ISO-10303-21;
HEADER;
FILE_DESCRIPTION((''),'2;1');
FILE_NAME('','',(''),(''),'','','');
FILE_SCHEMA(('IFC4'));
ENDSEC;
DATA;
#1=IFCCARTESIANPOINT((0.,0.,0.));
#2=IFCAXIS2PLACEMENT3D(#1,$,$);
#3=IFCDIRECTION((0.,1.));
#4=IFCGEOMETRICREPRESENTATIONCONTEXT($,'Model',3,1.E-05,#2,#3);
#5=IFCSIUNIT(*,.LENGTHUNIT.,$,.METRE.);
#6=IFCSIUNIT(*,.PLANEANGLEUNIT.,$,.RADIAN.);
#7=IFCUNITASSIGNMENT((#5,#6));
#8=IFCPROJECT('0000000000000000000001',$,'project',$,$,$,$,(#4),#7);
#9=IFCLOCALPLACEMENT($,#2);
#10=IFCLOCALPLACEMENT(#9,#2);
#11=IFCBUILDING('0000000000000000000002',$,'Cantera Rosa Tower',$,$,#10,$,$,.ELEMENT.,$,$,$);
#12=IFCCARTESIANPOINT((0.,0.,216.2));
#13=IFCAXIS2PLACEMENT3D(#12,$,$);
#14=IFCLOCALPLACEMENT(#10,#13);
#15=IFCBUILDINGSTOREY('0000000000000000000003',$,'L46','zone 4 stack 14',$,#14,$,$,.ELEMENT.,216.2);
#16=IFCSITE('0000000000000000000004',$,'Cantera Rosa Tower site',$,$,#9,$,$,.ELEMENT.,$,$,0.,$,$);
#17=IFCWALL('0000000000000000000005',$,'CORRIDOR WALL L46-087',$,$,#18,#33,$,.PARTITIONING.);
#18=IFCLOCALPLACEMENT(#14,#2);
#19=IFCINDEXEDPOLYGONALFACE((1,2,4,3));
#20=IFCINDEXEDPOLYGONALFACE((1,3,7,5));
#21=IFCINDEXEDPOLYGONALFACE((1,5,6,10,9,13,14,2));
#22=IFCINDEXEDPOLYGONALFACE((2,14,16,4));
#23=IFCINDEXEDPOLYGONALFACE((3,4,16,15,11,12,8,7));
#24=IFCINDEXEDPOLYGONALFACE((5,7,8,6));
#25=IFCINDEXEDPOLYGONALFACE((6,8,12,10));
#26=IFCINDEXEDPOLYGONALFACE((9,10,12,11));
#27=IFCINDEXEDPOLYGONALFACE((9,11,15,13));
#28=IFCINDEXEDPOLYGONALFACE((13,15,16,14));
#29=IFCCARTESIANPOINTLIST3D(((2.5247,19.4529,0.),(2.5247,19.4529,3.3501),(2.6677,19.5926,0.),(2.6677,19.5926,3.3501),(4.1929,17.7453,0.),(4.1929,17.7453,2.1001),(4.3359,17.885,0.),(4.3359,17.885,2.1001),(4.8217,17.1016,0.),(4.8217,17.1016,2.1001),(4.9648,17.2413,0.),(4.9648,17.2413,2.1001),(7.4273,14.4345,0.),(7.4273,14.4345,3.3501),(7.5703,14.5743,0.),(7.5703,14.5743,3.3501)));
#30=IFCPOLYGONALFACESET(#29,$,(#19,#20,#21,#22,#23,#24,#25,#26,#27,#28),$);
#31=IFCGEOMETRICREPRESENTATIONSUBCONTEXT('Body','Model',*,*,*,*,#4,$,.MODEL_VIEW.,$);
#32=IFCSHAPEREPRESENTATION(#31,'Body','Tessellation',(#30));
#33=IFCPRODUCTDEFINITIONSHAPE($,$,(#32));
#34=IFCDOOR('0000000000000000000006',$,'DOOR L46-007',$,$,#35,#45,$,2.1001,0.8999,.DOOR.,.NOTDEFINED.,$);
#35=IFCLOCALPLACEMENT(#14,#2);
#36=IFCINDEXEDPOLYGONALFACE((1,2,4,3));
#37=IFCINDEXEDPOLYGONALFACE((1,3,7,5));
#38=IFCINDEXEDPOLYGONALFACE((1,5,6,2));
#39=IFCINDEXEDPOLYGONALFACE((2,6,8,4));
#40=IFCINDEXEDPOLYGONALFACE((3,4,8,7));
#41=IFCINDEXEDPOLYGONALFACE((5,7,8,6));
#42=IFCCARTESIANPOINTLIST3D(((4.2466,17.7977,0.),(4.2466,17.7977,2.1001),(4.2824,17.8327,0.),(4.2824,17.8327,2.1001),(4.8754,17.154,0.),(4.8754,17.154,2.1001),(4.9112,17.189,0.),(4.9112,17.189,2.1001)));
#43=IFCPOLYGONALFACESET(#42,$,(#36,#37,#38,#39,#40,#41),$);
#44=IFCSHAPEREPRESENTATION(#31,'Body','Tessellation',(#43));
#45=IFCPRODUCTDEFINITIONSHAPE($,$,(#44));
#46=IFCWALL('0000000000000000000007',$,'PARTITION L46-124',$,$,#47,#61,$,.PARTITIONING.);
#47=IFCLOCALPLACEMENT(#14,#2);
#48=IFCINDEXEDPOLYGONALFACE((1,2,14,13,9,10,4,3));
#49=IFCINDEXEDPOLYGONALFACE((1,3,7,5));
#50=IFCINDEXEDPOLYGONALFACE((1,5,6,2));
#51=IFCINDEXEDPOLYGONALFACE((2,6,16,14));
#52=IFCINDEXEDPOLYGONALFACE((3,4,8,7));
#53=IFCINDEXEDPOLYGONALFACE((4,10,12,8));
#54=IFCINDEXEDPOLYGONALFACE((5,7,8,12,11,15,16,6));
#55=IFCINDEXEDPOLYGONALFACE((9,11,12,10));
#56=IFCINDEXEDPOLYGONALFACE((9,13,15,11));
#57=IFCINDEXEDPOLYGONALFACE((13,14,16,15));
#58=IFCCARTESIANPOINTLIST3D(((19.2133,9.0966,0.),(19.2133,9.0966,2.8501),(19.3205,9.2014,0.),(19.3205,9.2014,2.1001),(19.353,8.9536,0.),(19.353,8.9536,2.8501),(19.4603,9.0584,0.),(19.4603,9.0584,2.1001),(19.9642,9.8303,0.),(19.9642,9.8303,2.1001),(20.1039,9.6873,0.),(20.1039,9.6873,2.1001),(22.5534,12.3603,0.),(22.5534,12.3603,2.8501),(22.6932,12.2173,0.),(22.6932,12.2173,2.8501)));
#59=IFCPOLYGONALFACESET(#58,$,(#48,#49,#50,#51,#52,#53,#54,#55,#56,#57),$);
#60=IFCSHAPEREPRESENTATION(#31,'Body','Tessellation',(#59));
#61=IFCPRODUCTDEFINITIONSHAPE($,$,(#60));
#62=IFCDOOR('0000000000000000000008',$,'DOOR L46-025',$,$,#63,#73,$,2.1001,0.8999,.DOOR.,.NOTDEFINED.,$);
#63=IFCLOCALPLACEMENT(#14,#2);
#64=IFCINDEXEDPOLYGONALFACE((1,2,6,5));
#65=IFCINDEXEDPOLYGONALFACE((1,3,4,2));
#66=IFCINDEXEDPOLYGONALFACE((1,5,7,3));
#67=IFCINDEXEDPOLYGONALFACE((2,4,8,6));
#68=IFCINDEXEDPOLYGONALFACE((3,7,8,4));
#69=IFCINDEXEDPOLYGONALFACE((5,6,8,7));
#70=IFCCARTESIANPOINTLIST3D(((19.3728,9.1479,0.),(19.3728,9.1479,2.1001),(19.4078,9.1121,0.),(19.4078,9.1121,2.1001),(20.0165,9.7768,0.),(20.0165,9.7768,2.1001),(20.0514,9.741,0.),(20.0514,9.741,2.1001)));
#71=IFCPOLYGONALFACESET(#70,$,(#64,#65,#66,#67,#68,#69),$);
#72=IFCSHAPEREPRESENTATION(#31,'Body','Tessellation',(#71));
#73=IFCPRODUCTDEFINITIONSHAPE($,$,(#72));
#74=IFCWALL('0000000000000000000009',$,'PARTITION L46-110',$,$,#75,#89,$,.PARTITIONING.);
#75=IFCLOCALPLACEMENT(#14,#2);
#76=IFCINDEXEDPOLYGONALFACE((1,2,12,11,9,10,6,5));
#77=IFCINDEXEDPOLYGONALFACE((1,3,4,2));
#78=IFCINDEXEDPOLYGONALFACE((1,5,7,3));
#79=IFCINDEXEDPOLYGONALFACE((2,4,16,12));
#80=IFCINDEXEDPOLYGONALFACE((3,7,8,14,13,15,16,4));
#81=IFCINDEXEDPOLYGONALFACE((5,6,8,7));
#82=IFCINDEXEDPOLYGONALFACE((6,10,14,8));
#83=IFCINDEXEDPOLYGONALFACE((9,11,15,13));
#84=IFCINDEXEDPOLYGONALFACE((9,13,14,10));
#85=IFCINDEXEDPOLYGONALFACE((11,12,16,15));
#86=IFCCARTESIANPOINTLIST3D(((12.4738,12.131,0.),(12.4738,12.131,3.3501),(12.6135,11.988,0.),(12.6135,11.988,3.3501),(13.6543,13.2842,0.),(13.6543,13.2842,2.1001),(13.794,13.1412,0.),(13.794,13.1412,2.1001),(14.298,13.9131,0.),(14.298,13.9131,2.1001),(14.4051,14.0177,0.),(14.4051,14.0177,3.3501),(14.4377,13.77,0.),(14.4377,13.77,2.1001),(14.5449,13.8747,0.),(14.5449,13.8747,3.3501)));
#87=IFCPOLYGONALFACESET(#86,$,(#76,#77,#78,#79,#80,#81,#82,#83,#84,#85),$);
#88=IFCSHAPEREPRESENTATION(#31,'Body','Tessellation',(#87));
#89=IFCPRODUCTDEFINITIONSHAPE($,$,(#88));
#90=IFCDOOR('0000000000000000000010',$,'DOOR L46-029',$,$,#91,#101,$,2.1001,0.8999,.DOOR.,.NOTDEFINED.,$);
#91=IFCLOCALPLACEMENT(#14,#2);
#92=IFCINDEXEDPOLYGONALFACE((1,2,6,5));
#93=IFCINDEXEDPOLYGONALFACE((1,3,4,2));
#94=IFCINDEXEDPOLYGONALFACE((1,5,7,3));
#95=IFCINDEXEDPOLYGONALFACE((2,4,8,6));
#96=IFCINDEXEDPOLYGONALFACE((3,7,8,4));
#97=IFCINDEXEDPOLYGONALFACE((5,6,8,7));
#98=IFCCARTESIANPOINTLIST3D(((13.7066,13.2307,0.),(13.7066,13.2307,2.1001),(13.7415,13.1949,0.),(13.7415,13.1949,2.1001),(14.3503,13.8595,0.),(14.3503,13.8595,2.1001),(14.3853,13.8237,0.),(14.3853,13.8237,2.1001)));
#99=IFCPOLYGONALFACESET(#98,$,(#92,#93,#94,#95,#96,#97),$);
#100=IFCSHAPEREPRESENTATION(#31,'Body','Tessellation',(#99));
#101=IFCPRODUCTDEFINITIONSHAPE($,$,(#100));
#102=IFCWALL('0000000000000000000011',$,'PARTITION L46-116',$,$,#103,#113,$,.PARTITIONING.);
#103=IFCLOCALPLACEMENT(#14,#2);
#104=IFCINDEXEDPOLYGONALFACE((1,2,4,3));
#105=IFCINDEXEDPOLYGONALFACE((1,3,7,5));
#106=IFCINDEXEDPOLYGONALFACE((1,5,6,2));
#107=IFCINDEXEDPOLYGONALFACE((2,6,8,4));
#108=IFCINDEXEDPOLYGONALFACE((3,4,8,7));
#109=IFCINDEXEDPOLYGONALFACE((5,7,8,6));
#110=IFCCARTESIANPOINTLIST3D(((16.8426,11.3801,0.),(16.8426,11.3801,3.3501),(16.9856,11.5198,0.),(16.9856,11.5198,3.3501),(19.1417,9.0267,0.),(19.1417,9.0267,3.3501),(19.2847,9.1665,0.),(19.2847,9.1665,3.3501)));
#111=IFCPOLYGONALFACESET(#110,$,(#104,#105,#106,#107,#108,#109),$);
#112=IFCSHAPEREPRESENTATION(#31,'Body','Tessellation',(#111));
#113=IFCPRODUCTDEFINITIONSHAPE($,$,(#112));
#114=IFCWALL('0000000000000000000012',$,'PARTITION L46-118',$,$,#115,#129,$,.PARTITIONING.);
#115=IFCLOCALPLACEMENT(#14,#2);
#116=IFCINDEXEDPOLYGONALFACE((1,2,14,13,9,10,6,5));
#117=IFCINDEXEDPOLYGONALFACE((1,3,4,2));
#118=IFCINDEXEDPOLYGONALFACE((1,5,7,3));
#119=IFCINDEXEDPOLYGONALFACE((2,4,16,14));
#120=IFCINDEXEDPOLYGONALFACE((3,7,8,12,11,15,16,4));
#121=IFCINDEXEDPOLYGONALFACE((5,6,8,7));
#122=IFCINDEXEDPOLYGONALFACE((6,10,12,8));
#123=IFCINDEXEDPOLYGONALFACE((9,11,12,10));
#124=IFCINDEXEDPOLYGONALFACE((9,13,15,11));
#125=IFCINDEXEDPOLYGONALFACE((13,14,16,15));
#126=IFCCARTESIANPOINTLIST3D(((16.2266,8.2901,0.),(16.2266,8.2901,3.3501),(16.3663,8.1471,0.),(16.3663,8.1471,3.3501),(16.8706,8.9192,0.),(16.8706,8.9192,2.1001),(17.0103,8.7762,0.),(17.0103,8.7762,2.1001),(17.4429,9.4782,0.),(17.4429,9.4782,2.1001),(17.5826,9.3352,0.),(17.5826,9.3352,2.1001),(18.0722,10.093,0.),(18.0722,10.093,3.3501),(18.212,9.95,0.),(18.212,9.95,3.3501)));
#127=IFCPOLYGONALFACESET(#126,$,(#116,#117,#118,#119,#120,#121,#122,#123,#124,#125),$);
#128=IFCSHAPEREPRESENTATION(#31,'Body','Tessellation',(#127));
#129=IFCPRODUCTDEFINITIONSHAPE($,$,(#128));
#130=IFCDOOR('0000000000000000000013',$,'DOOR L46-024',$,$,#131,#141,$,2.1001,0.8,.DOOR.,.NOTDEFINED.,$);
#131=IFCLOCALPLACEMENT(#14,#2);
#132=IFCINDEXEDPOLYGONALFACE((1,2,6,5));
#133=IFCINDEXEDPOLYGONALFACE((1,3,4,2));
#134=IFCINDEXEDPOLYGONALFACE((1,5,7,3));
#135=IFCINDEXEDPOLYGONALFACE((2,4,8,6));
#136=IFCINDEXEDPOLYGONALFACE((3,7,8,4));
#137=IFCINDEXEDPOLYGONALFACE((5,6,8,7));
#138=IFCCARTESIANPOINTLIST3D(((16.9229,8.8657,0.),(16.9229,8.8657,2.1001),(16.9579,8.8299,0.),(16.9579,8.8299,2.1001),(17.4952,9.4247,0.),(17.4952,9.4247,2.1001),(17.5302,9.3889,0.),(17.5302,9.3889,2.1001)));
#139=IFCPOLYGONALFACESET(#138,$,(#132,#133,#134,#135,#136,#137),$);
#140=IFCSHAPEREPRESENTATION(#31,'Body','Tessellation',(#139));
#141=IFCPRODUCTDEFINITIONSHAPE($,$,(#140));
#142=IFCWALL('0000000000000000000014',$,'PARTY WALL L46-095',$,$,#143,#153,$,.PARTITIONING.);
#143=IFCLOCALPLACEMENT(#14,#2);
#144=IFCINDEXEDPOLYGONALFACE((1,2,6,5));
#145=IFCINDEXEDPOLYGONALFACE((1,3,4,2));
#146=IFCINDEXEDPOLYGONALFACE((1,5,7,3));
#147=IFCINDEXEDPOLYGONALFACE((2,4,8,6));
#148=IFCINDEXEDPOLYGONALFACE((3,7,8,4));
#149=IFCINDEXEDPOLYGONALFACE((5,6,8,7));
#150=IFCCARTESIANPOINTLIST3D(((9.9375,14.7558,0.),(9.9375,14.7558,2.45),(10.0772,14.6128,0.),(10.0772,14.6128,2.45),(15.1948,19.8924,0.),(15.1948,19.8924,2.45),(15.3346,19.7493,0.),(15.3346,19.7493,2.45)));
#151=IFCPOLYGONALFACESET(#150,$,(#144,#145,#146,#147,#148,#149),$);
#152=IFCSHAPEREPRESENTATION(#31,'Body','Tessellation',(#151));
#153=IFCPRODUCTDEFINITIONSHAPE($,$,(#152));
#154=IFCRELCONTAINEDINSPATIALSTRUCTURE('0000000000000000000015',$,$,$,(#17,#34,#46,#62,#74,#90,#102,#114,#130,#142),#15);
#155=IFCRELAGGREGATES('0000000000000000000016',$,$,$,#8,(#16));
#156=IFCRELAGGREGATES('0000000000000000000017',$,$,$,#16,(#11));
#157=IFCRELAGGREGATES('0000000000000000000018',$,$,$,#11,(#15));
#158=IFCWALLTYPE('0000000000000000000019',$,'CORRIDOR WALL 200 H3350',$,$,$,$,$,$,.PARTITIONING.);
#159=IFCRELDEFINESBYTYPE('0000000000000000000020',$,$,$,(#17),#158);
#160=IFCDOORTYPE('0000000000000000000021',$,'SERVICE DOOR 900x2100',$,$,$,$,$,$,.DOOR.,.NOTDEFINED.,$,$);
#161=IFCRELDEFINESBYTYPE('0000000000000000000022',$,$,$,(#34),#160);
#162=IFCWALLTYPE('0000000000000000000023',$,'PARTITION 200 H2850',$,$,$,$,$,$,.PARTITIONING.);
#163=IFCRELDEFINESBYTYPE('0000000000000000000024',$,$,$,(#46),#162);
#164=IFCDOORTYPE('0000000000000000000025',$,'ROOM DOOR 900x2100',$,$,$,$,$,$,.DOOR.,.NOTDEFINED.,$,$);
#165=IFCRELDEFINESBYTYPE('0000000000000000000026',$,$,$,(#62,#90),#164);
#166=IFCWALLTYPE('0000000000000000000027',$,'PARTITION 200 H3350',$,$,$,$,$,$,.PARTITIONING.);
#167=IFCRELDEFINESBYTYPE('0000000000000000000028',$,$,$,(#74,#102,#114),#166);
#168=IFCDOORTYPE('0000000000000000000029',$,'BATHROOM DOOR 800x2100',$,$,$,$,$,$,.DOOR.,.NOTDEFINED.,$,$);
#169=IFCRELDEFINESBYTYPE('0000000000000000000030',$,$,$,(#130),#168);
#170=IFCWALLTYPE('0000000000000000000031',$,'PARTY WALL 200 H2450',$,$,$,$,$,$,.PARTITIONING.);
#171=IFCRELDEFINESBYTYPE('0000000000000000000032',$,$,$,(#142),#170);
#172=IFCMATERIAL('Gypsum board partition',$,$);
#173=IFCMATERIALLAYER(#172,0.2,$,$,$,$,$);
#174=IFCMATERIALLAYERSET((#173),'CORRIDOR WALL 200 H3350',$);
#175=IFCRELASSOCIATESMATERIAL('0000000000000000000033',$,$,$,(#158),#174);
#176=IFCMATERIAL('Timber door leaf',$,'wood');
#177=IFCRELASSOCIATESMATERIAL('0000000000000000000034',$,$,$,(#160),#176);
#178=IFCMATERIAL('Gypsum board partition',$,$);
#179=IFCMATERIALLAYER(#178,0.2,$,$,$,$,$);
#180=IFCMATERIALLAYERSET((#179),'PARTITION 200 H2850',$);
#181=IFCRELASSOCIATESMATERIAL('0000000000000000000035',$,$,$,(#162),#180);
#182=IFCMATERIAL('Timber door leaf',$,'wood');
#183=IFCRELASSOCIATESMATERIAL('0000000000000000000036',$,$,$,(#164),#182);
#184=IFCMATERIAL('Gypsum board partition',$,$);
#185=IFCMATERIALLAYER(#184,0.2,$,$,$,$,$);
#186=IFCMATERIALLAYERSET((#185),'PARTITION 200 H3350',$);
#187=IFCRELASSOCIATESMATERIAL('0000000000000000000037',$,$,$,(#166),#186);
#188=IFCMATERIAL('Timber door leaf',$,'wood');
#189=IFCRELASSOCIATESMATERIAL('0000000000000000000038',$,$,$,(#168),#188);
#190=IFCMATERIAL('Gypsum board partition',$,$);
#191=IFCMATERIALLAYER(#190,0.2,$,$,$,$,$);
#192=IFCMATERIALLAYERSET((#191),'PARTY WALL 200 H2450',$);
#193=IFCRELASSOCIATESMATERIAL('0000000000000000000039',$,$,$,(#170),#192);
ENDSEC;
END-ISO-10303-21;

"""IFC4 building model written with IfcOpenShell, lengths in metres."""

from ifc_helpers import new_model, si_unit, direction, frame, frame_2d, origin, place, context, subcontext, project, spatial, rectangle, extrude, material, layer, layer_set, type_object, element, fill, save


model = new_model("IFC4")

# Units and contexts
model_context = context("Model", 3, precision=1e-05, world=origin(), true_north=direction((0.0, 1.0)))
body_context = subcontext(model_context, "Body", "Model", "MODEL_VIEW")
ifc_project = project(units=[si_unit("LENGTHUNIT", "METRE"), si_unit("PLANEANGLEUNIT", "RADIAN")], contexts=[model_context])

# Site, building, storey
site_placement = place(None, origin())
site = spatial("IfcSite", under=ifc_project, at=site_placement, Name="Cantera Rosa Tower site", CompositionType="ELEMENT", RefElevation=0.0)
building_placement = place(site_placement, origin())
building = spatial("IfcBuilding", under=site, at=building_placement, Name="Cantera Rosa Tower", CompositionType="ELEMENT")
storey_placement = place(building_placement, frame((0.0, 0.0, 216.2)))
storey = spatial("IfcBuildingStorey", under=building, at=storey_placement, Name="L46", Description="zone 4 stack 14", CompositionType="ELEMENT", Elevation=216.2)

# Wall, opening, door
ifc_material_1 = material(Name="Gypsum board partition")
ifc_layer_1 = layer(ifc_material_1, 0.2)
ifc_layer_set_1 = layer_set([ifc_layer_1], Name="CORRIDOR WALL 200 H3350")
wall_type_1 = type_object("IfcWallType", Name="CORRIDOR WALL 200 H3350", PredefinedType="PARTITIONING", material=ifc_layer_set_1)
wall_1_placement = place(storey_placement, frame((7.4988, 14.5044, 0.0), z_axis=(0.0, 0.0, 1.0), x_axis=(-0.698811, 0.715306, 0.0)))
wall_1 = element("IfcWall", 1, at=wall_1_placement, inside=storey, type_object=wall_type_1, Name="CORRIDOR WALL L46-087", PredefinedType="PARTITIONING", context=body_context, shape_type="SweptSolid", body=[
    extrude(rectangle(XDim=7.0156, YDim=0.2, at=frame_2d((3.5078, 0.0))), origin(), (0.0, 0.0, 1.0), 3.3501),
])
opening_1_placement = place(wall_1_placement, frame((3.7285, 0.0, 0.0)))
opening_1 = element("IfcOpeningElement", 2, at=opening_1_placement, cuts=wall_1, PredefinedType="OPENING", context=body_context, shape_type="SweptSolid", body=[
    extrude(rectangle(XDim=0.8999, YDim=2.1001, at=frame_2d((0.45, 1.05))), frame((0.0, 0.1099, 0.0), z_axis=(0.0, -1.0, 0.0), x_axis=(1.0, 0.0, 0.0)), (0.0, 0.0, 1.0), 0.22),
])
ifc_material_2 = material(Name="Timber door leaf", Category="wood")
door_type_1 = type_object("IfcDoorType", Name="SERVICE DOOR 900x2100", OperationType="NOTDEFINED", PredefinedType="DOOR", material=ifc_material_2)
door_1_placement = place(opening_1_placement, origin())
door_1 = element("IfcDoor", 3, at=door_1_placement, inside=storey, type_object=door_type_1, Name="DOOR L46-007", OperationType="NOTDEFINED", OverallHeight=2.1001, OverallWidth=0.8999, PredefinedType="DOOR", context=body_context, shape_type="SweptSolid", body=[
    extrude(rectangle(XDim=0.8999, YDim=2.1001, at=frame_2d((0.45, 1.05))), frame((0.0, 0.0249, 0.0), z_axis=(0.0, -1.0, 0.0), x_axis=(1.0, 0.0, 0.0)), (0.0, 0.0, 1.0), 0.05),
])
fill(opening_1, door_1)

# Walls, openings, doors
ifc_material_3 = material(Name="Gypsum board partition")
ifc_layer_2 = layer(ifc_material_3, 0.2)
ifc_layer_set_2 = layer_set([ifc_layer_2], Name="PARTITION 200 H2850")
wall_type_2 = type_object("IfcWallType", Name="PARTITION 200 H2850", PredefinedType="PARTITIONING", material=ifc_layer_set_2)
wall_2_placement = place(storey_placement, frame((22.6233, 12.2888, 0.0), z_axis=(0.0, 0.0, 1.0), x_axis=(-0.715241, -0.698878, 0.0)))
wall_2 = element("IfcWall", 4, at=wall_2_placement, inside=storey, type_object=wall_type_2, Name="PARTITION L46-124", PredefinedType="PARTITIONING", context=body_context, shape_type="SweptSolid", body=[
    extrude(rectangle(XDim=4.6699, YDim=0.2, at=frame_2d((2.335, 0.0))), origin(), (0.0, 0.0, 1.0), 2.8501),
])
opening_2_placement = place(wall_2_placement, frame((3.6201, 0.0, 0.0)))
opening_2 = element("IfcOpeningElement", 5, at=opening_2_placement, cuts=wall_2, PredefinedType="OPENING", context=body_context, shape_type="SweptSolid", body=[
    extrude(rectangle(XDim=0.8999, YDim=2.1001, at=frame_2d((0.45, 1.05))), frame((0.0, 0.1099, 0.0), z_axis=(0.0, -1.0, 0.0), x_axis=(1.0, 0.0, 0.0)), (0.0, 0.0, 1.0), 0.22),
])
ifc_material_4 = material(Name="Timber door leaf", Category="wood")
door_type_2 = type_object("IfcDoorType", Name="ROOM DOOR 900x2100", OperationType="NOTDEFINED", PredefinedType="DOOR", material=ifc_material_4)
door_2_placement = place(opening_2_placement, origin())
door_2 = element("IfcDoor", 6, at=door_2_placement, inside=storey, type_object=door_type_2, Name="DOOR L46-025", OperationType="NOTDEFINED", OverallHeight=2.1001, OverallWidth=0.8999, PredefinedType="DOOR", context=body_context, shape_type="SweptSolid", body=[
    extrude(rectangle(XDim=0.8999, YDim=2.1001, at=frame_2d((0.45, 1.05))), frame((0.0, 0.0249, 0.0), z_axis=(0.0, -1.0, 0.0), x_axis=(1.0, 0.0, 0.0)), (0.0, 0.0, 1.0), 0.05),
])
fill(opening_2, door_2)
ifc_material_5 = material(Name="Gypsum board partition")
ifc_layer_3 = layer(ifc_material_5, 0.2)
ifc_layer_set_3 = layer_set([ifc_layer_3], Name="PARTITION 200 H3350")
wall_type_3 = type_object("IfcWallType", Name="PARTITION 200 H3350", PredefinedType="PARTITIONING", material=ifc_layer_set_3)
wall_3_placement = place(storey_placement, frame((14.4751, 13.9463, 0.0), z_axis=(0.0, 0.0, 1.0), x_axis=(-0.715332, -0.698785, 0.0)))
wall_3 = element("IfcWall", 7, at=wall_3_placement, inside=storey, type_object=wall_type_3, Name="PARTITION L46-110", PredefinedType="PARTITIONING", context=body_context, shape_type="SweptSolid", body=[
    extrude(rectangle(XDim=2.7, YDim=0.2, at=frame_2d((1.3501, 0.0))), origin(), (0.0, 0.0, 1.0), 3.3501),
])
opening_3_placement = place(wall_3_placement, frame((0.1499, 0.0, 0.0)))
opening_3 = element("IfcOpeningElement", 8, at=opening_3_placement, cuts=wall_3, PredefinedType="OPENING", context=body_context, shape_type="SweptSolid", body=[
    extrude(rectangle(XDim=0.8999, YDim=2.1001, at=frame_2d((0.45, 1.05))), frame((0.0, 0.1099, 0.0), z_axis=(0.0, -1.0, 0.0), x_axis=(1.0, 0.0, 0.0)), (0.0, 0.0, 1.0), 0.22),
])
door_3_placement = place(opening_3_placement, origin())
door_3 = element("IfcDoor", 9, at=door_3_placement, inside=storey, type_object=door_type_2, Name="DOOR L46-029", OperationType="NOTDEFINED", OverallHeight=2.1001, OverallWidth=0.8999, PredefinedType="DOOR", context=body_context, shape_type="SweptSolid", body=[
    extrude(rectangle(XDim=0.8999, YDim=2.1001, at=frame_2d((0.45, 1.05))), frame((0.0, 0.0249, 0.0), z_axis=(0.0, -1.0, 0.0), x_axis=(1.0, 0.0, 0.0)), (0.0, 0.0, 1.0), 0.05),
])
fill(opening_3, door_3)

# Wall
wall_4_placement = place(storey_placement, frame((16.9141, 11.45, 0.0), z_axis=(0.0, 0.0, 1.0), x_axis=(0.698822, -0.715296, 0.0)))
element("IfcWall", 10, at=wall_4_placement, inside=storey, type_object=wall_type_3, Name="PARTITION L46-116", PredefinedType="PARTITIONING", context=body_context, shape_type="SweptSolid", body=[
    extrude(rectangle(XDim=3.29, YDim=0.2, at=frame_2d((1.645, 0.0))), origin(), (0.0, 0.0, 1.0), 3.3501),
])

# Wall, opening, door
wall_5_placement = place(storey_placement, frame((18.1421, 10.0215, 0.0), z_axis=(0.0, 0.0, 1.0), x_axis=(-0.715338, -0.698779, 0.0)))
wall_5 = element("IfcWall", 11, at=wall_5_placement, inside=storey, type_object=wall_type_3, Name="PARTITION L46-118", PredefinedType="PARTITIONING", context=body_context, shape_type="SweptSolid", body=[
    extrude(rectangle(XDim=2.5801, YDim=0.2, at=frame_2d((1.29, 0.0))), origin(), (0.0, 0.0, 1.0), 3.3501),
])
opening_4_placement = place(wall_5_placement, frame((0.8799, 0.0, 0.0)))
opening_4 = element("IfcOpeningElement", 12, at=opening_4_placement, cuts=wall_5, PredefinedType="OPENING", context=body_context, shape_type="SweptSolid", body=[
    extrude(rectangle(XDim=0.8, YDim=2.1001, at=frame_2d((0.3999, 1.05))), frame((0.0, 0.1099, 0.0), z_axis=(0.0, -1.0, 0.0), x_axis=(1.0, 0.0, 0.0)), (0.0, 0.0, 1.0), 0.22),
])
ifc_material_6 = material(Name="Timber door leaf", Category="wood")
door_type_3 = type_object("IfcDoorType", Name="BATHROOM DOOR 800x2100", OperationType="NOTDEFINED", PredefinedType="DOOR", material=ifc_material_6)
door_4_placement = place(opening_4_placement, origin())
door_4 = element("IfcDoor", 13, at=door_4_placement, inside=storey, type_object=door_type_3, Name="DOOR L46-024", OperationType="NOTDEFINED", OverallHeight=2.1001, OverallWidth=0.8, PredefinedType="DOOR", context=body_context, shape_type="SweptSolid", body=[
    extrude(rectangle(XDim=0.8, YDim=2.1001, at=frame_2d((0.3999, 1.05))), frame((0.0, 0.0249, 0.0), z_axis=(0.0, -1.0, 0.0), x_axis=(1.0, 0.0, 0.0)), (0.0, 0.0, 1.0), 0.05),
])
fill(opening_4, door_4)

# Wall
ifc_material_7 = material(Name="Gypsum board partition")
ifc_layer_4 = layer(ifc_material_7, 0.2)
ifc_layer_set_4 = layer_set([ifc_layer_4], Name="PARTY WALL 200 H2450")
wall_type_4 = type_object("IfcWallType", Name="PARTY WALL 200 H2450", PredefinedType="PARTITIONING", material=ifc_layer_set_4)
wall_6_placement = place(storey_placement, frame((10.0073, 14.6843, 0.0), z_axis=(0.0, 0.0, 1.0), x_axis=(0.71528, 0.698838, 0.0)))
element("IfcWall", 14, at=wall_6_placement, inside=storey, type_object=wall_type_4, Name="PARTY WALL L46-095", PredefinedType="PARTITIONING", context=body_context, shape_type="SweptSolid", body=[
    extrude(rectangle(XDim=7.3501, YDim=0.2, at=frame_2d((3.675, 0.0))), origin(), (0.0, 0.0, 1.0), 2.45),
])

save(model, "model.ifc")
